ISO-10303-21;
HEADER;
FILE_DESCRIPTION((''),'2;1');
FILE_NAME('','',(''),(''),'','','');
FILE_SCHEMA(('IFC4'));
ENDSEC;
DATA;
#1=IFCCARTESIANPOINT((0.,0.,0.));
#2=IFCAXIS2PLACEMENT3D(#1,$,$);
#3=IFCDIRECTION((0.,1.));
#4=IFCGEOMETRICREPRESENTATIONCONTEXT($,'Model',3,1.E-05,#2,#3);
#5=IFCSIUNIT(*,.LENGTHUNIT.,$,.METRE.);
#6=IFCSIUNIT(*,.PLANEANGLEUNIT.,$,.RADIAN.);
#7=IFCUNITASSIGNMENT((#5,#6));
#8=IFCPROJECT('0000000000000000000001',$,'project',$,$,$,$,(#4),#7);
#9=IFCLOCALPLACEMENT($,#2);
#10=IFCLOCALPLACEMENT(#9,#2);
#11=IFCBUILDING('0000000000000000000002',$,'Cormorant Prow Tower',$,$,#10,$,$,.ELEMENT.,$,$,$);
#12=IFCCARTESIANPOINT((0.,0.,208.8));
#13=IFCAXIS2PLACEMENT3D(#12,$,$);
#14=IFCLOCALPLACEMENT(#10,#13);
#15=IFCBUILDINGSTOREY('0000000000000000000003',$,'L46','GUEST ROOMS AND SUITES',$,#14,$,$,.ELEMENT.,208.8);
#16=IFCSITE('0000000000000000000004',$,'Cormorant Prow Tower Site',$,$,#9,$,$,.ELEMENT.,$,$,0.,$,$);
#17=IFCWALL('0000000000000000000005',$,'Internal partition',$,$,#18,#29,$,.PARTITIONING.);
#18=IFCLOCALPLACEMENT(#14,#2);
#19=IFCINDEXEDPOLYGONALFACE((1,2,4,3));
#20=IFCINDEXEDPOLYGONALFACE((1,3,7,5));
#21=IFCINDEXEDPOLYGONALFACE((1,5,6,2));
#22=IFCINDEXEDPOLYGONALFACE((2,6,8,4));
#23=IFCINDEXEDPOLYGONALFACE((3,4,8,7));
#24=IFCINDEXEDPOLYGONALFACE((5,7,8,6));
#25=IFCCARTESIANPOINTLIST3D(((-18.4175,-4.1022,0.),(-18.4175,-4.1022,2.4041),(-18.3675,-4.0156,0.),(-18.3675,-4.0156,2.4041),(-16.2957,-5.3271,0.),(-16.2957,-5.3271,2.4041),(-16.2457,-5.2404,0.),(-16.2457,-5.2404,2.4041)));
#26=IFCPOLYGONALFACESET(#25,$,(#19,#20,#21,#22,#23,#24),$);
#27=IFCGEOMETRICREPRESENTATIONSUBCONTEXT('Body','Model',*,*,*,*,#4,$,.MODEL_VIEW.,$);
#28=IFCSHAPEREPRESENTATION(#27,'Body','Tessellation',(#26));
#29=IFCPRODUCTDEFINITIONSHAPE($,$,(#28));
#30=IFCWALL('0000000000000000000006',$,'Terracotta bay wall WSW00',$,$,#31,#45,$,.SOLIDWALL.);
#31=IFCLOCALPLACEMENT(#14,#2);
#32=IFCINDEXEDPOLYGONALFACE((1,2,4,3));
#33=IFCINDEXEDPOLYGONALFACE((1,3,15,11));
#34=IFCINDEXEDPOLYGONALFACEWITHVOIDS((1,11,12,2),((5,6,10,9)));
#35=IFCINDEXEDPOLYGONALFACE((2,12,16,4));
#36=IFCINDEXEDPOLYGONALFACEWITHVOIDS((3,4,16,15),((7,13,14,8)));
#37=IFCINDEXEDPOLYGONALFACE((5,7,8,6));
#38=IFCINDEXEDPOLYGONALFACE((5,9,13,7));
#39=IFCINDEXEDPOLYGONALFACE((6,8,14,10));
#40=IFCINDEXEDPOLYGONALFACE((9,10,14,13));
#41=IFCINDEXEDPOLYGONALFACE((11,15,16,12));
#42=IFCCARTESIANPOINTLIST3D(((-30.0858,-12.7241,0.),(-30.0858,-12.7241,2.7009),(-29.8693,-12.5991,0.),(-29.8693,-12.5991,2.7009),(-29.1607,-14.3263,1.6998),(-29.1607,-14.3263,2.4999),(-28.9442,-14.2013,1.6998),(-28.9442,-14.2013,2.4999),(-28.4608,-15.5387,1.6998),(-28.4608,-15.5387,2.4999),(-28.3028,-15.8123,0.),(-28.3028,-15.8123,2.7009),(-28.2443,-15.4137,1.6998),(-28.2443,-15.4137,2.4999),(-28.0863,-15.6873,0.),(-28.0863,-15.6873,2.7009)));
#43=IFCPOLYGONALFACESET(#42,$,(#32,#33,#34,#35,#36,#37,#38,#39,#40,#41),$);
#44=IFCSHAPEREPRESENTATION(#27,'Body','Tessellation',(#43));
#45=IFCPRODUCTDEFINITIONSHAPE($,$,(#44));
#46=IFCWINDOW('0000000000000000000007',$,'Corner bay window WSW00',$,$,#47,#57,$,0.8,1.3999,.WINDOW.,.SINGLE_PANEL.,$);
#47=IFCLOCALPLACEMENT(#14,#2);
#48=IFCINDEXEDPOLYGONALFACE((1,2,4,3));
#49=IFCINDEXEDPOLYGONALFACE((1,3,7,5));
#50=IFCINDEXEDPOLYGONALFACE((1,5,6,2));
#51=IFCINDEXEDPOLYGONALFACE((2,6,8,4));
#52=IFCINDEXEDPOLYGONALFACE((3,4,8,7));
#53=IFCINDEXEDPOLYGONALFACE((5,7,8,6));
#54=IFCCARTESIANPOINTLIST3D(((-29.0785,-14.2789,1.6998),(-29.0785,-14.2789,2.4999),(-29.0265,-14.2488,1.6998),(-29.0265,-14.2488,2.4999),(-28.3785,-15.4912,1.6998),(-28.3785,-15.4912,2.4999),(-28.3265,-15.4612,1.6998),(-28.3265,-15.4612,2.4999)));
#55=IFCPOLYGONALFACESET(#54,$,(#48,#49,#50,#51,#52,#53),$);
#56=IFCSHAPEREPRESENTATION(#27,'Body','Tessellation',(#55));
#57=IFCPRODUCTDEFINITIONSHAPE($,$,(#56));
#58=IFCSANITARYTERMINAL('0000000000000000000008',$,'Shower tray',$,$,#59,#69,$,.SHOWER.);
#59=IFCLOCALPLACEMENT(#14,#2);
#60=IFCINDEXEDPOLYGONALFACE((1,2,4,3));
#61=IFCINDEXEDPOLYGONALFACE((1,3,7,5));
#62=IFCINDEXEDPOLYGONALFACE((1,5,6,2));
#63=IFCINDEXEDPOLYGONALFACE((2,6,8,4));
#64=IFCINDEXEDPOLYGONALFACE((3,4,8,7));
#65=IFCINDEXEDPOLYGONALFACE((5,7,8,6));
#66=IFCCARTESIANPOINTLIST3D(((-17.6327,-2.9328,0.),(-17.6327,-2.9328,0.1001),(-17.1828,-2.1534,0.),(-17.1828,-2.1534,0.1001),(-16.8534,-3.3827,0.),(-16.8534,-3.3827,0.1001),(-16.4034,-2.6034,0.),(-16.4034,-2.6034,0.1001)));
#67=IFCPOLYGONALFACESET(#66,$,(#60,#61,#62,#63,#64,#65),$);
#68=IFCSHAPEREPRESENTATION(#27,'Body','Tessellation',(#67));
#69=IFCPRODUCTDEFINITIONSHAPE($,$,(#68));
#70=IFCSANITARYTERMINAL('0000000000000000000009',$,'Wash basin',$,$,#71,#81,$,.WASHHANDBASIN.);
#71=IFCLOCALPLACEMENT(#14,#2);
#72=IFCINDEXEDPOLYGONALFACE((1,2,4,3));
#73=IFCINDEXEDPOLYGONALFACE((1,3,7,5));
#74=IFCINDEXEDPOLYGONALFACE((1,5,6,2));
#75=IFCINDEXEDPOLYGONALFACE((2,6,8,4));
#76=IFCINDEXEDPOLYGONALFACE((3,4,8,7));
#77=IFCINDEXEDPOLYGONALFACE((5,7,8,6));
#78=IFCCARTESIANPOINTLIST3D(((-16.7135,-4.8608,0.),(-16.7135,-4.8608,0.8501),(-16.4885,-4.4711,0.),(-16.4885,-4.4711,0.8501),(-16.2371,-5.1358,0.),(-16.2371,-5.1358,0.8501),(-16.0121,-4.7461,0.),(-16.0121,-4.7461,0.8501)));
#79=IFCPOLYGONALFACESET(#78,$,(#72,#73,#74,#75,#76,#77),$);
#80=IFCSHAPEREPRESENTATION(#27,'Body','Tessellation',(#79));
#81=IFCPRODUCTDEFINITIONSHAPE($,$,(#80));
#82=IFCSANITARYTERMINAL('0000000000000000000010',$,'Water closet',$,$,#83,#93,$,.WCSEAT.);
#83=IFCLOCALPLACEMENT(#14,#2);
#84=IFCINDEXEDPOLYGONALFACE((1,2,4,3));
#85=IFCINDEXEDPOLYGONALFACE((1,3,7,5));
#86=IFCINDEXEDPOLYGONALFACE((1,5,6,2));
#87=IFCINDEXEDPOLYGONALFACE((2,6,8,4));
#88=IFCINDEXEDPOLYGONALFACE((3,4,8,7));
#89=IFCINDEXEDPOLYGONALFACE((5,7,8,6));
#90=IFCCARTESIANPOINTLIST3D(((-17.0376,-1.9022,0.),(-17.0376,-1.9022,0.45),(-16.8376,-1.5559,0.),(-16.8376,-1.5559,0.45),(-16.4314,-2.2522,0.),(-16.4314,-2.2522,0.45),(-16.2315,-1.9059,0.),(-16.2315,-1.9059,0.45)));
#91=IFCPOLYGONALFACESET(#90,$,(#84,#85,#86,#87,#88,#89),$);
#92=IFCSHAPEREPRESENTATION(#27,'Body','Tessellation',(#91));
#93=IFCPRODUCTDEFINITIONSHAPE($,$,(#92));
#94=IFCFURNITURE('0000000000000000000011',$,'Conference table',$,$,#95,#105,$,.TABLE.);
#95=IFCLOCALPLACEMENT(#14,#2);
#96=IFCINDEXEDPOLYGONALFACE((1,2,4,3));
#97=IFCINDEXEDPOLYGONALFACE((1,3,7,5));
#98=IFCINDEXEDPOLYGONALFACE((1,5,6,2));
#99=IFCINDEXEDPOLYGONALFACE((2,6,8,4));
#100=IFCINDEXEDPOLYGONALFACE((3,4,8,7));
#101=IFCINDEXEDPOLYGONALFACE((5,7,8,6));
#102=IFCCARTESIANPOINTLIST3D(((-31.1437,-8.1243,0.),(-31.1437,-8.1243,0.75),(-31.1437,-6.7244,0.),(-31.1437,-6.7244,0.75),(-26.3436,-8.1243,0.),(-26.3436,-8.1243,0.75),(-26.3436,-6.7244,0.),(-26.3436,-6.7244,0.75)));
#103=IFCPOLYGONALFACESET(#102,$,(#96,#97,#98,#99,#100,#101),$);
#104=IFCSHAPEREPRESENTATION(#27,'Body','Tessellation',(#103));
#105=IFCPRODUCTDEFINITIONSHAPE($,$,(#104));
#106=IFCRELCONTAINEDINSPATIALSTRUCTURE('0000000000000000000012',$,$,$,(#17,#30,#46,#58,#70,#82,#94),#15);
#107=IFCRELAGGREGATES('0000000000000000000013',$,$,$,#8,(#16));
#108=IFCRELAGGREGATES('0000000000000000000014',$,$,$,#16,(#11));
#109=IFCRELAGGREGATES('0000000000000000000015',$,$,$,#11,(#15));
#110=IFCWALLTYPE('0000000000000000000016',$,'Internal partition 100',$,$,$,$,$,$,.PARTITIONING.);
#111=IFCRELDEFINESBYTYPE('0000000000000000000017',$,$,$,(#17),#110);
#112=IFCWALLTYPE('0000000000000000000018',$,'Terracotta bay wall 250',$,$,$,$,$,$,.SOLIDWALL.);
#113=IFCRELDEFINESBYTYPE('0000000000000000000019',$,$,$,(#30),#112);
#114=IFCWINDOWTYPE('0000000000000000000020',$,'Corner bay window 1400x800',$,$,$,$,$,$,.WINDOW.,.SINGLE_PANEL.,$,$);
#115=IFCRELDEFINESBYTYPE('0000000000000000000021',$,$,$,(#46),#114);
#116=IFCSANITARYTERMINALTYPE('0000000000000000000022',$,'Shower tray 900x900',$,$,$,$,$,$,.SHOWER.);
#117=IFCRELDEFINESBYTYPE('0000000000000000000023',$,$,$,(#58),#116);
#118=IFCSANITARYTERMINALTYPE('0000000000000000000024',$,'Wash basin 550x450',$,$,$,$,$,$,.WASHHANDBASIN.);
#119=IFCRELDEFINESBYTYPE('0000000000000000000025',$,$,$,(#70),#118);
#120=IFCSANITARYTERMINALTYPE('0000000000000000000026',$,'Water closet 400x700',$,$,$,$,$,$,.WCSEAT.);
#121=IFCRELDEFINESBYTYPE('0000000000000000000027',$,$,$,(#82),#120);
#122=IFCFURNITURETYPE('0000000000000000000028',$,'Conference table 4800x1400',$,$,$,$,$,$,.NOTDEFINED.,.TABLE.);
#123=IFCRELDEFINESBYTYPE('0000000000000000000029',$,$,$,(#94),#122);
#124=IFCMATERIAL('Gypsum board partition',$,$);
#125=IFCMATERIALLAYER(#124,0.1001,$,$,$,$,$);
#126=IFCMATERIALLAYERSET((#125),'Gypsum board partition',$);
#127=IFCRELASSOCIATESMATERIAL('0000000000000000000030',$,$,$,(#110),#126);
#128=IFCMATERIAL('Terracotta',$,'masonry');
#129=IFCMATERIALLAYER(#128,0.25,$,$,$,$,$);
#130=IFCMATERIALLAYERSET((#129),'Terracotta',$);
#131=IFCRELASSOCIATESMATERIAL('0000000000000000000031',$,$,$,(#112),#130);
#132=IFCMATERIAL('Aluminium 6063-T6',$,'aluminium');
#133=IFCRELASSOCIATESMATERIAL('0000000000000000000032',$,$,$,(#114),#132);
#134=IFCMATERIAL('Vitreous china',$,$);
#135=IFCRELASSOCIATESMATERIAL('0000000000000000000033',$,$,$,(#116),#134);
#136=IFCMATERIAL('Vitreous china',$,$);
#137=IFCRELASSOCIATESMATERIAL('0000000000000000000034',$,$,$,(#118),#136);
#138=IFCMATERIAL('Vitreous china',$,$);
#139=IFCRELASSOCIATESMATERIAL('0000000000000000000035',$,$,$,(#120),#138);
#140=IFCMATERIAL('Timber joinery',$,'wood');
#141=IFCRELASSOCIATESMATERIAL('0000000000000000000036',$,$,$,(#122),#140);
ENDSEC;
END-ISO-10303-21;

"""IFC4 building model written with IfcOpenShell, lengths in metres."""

from ifc_helpers import new_model, si_unit, direction, frame, frame_2d, origin, origin_2d, place, context, subcontext, project, spatial, rectangle, extrude, material, layer, layer_set, type_object, element, fill, save


model = new_model("IFC4")

# Units and contexts
model_context = context("Model", 3, precision=1e-05, world=origin(), true_north=direction((0.0, 1.0)))
body_context = subcontext(model_context, "Body", "Model", "MODEL_VIEW")
ifc_project = project(units=[si_unit("LENGTHUNIT", "METRE"), si_unit("PLANEANGLEUNIT", "RADIAN")], contexts=[model_context])

# Site, building, storey
site_placement = place(None, origin())
site = spatial("IfcSite", under=ifc_project, at=site_placement, Name="Cormorant Prow Tower Site", CompositionType="ELEMENT", RefElevation=0.0)
building_placement = place(site_placement, origin())
building = spatial("IfcBuilding", under=site, at=building_placement, Name="Cormorant Prow Tower", CompositionType="ELEMENT")
storey_placement = place(building_placement, frame((0.0, 0.0, 208.8)))
storey = spatial("IfcBuildingStorey", under=building, at=storey_placement, Name="L46", Description="GUEST ROOMS AND SUITES", CompositionType="ELEMENT", Elevation=208.8)

# Shared definitions
ifc_material_1 = material(Name="Gypsum board partition")
ifc_layer_1 = layer(ifc_material_1, 0.1001)
ifc_layer_set_1 = layer_set([ifc_layer_1], Name="Gypsum board partition")
wall_type_1 = type_object("IfcWallType", Name="Internal partition 100", PredefinedType="PARTITIONING", material=ifc_layer_set_1)

# Wall
wall_1_placement = place(storey_placement, frame((-18.3926, -4.0588, 0.0), z_axis=(0.0, 0.0, 1.0), x_axis=(0.866058, -0.499944, 0.0)))
element("IfcWall", 1, at=wall_1_placement, inside=storey, type_object=wall_type_1, Name="Internal partition", PredefinedType="PARTITIONING", context=body_context, shape_type="SweptSolid", body=[
    extrude(rectangle(XDim=2.45, YDim=0.1001, at=frame_2d((1.2251, 0.0))), origin(), (0.0, 0.0, 1.0), 2.4041),
])

# Wall, opening, window
ifc_material_2 = material(Name="Terracotta", Category="masonry")
ifc_layer_2 = layer(ifc_material_2, 0.25)
ifc_layer_set_2 = layer_set([ifc_layer_2], Name="Terracotta")
wall_type_2 = type_object("IfcWallType", Name="Terracotta bay wall 250", PredefinedType="SOLIDWALL", material=ifc_layer_set_2)
wall_2_placement = place(storey_placement, frame((-29.9775, -12.6616, 0.0), z_axis=(0.0, 0.0, 1.0), x_axis=(0.500005, -0.866023, 0.0)))
wall_2 = element("IfcWall", 2, at=wall_2_placement, inside=storey, type_object=wall_type_2, Name="Terracotta bay wall WSW00", PredefinedType="SOLIDWALL", context=body_context, shape_type="SweptSolid", body=[
    extrude(rectangle(XDim=3.5659, YDim=0.25, at=frame_2d((1.783, 0.0))), origin(), (0.0, 0.0, 1.0), 2.7009),
])
opening_1_placement = place(wall_2_placement, frame((1.8501, 0.0, 1.7)))
opening_1 = element("IfcOpeningElement", 3, at=opening_1_placement, cuts=wall_2, PredefinedType="OPENING", context=body_context, shape_type="SweptSolid", body=[
    extrude(rectangle(XDim=1.3999, YDim=0.8, at=frame_2d((0.7, 0.3999))), frame((0.0, 0.135, 0.0), z_axis=(0.0, -1.0, 0.0), x_axis=(1.0, 0.0, 0.0)), (0.0, 0.0, 1.0), 0.27),
])
ifc_material_3 = material(Name="Aluminium 6063-T6", Category="aluminium")
window_type = type_object("IfcWindowType", Name="Corner bay window 1400x800", PartitioningType="SINGLE_PANEL", PredefinedType="WINDOW", material=ifc_material_3)
window_placement = place(opening_1_placement, origin())
window = element("IfcWindow", 4, at=window_placement, inside=storey, type_object=window_type, Name="Corner bay window WSW00", OverallHeight=0.8, OverallWidth=1.3999, PartitioningType="SINGLE_PANEL", PredefinedType="WINDOW", context=body_context, shape_type="SweptSolid", body=[
    extrude(rectangle(XDim=1.3999, YDim=0.8, at=frame_2d((0.7, 0.3999))), frame((0.0, 0.03, 0.0), z_axis=(0.0, -1.0, 0.0), x_axis=(1.0, 0.0, 0.0)), (0.0, 0.0, 1.0), 0.0601),
])
fill(opening_1, window)

# Sanitary terminals
ifc_material_4 = material(Name="Vitreous china")
sanitary_terminal_type_1 = type_object("IfcSanitaryTerminalType", Name="Shower tray 900x900", PredefinedType="SHOWER", material=ifc_material_4)
sanitary_terminal_1_placement = place(storey_placement, frame((-17.0181, -2.7681, 0.0), z_axis=(0.0, 0.0, 1.0), x_axis=(0.866025, -0.5, 0.0)))
element("IfcSanitaryTerminal", 5, at=sanitary_terminal_1_placement, inside=storey, type_object=sanitary_terminal_type_1, Name="Shower tray", PredefinedType="SHOWER", context=body_context, shape_type="SweptSolid", body=[
    extrude(rectangle(XDim=0.8999, YDim=0.8999, at=origin_2d()), origin(), (0.0, 0.0, 1.0), 0.1001),
])
ifc_material_5 = material(Name="Vitreous china")
sanitary_terminal_type_2 = type_object("IfcSanitaryTerminalType", Name="Wash basin 550x450", PredefinedType="WASHHANDBASIN", material=ifc_material_5)
sanitary_terminal_2_placement = place(storey_placement, frame((-16.3628, -4.8035, 0.0), z_axis=(0.0, 0.0, 1.0), x_axis=(-0.866025, 0.5, 0.0)))
element("IfcSanitaryTerminal", 6, at=sanitary_terminal_2_placement, inside=storey, type_object=sanitary_terminal_type_2, Name="Wash basin", PredefinedType="WASHHANDBASIN", context=body_context, shape_type="SweptSolid", body=[
    extrude(rectangle(XDim=0.55, YDim=0.45, at=origin_2d()), origin(), (0.0, 0.0, 1.0), 0.8501),
])
ifc_material_6 = material(Name="Vitreous china")
sanitary_terminal_type_3 = type_object("IfcSanitaryTerminalType", Name="Water closet 400x700", PredefinedType="WCSEAT", material=ifc_material_6)
sanitary_terminal_3_placement = place(storey_placement, frame((-16.6345, -1.9041, 0.0), z_axis=(0.0, 0.0, 1.0), x_axis=(0.5, 0.866025, 0.0)))
element("IfcSanitaryTerminal", 7, at=sanitary_terminal_3_placement, inside=storey, type_object=sanitary_terminal_type_3, Name="Water closet", PredefinedType="WCSEAT", context=body_context, shape_type="SweptSolid", body=[
    extrude(rectangle(XDim=0.3999, YDim=0.7, at=origin_2d()), origin(), (0.0, 0.0, 1.0), 0.45),
])

# Furniture
ifc_material_7 = material(Name="Timber joinery", Category="wood")
furniture_type = type_object("IfcFurnitureType", Name="Conference table 4800x1400", AssemblyPlace="NOTDEFINED", PredefinedType="TABLE", material=ifc_material_7)
furniture_placement = place(storey_placement, frame((-28.7437, -7.4243, 0.0), z_axis=(0.0, 0.0, 1.0), x_axis=(1.0, 0.0, 0.0)))
element("IfcFurniture", 8, at=furniture_placement, inside=storey, type_object=furniture_type, Name="Conference table", PredefinedType="TABLE", context=body_context, shape_type="SweptSolid", body=[
    extrude(rectangle(XDim=4.8, YDim=1.3999, at=origin_2d()), origin(), (0.0, 0.0, 1.0), 0.75),
])

save(model, "model.ifc")
